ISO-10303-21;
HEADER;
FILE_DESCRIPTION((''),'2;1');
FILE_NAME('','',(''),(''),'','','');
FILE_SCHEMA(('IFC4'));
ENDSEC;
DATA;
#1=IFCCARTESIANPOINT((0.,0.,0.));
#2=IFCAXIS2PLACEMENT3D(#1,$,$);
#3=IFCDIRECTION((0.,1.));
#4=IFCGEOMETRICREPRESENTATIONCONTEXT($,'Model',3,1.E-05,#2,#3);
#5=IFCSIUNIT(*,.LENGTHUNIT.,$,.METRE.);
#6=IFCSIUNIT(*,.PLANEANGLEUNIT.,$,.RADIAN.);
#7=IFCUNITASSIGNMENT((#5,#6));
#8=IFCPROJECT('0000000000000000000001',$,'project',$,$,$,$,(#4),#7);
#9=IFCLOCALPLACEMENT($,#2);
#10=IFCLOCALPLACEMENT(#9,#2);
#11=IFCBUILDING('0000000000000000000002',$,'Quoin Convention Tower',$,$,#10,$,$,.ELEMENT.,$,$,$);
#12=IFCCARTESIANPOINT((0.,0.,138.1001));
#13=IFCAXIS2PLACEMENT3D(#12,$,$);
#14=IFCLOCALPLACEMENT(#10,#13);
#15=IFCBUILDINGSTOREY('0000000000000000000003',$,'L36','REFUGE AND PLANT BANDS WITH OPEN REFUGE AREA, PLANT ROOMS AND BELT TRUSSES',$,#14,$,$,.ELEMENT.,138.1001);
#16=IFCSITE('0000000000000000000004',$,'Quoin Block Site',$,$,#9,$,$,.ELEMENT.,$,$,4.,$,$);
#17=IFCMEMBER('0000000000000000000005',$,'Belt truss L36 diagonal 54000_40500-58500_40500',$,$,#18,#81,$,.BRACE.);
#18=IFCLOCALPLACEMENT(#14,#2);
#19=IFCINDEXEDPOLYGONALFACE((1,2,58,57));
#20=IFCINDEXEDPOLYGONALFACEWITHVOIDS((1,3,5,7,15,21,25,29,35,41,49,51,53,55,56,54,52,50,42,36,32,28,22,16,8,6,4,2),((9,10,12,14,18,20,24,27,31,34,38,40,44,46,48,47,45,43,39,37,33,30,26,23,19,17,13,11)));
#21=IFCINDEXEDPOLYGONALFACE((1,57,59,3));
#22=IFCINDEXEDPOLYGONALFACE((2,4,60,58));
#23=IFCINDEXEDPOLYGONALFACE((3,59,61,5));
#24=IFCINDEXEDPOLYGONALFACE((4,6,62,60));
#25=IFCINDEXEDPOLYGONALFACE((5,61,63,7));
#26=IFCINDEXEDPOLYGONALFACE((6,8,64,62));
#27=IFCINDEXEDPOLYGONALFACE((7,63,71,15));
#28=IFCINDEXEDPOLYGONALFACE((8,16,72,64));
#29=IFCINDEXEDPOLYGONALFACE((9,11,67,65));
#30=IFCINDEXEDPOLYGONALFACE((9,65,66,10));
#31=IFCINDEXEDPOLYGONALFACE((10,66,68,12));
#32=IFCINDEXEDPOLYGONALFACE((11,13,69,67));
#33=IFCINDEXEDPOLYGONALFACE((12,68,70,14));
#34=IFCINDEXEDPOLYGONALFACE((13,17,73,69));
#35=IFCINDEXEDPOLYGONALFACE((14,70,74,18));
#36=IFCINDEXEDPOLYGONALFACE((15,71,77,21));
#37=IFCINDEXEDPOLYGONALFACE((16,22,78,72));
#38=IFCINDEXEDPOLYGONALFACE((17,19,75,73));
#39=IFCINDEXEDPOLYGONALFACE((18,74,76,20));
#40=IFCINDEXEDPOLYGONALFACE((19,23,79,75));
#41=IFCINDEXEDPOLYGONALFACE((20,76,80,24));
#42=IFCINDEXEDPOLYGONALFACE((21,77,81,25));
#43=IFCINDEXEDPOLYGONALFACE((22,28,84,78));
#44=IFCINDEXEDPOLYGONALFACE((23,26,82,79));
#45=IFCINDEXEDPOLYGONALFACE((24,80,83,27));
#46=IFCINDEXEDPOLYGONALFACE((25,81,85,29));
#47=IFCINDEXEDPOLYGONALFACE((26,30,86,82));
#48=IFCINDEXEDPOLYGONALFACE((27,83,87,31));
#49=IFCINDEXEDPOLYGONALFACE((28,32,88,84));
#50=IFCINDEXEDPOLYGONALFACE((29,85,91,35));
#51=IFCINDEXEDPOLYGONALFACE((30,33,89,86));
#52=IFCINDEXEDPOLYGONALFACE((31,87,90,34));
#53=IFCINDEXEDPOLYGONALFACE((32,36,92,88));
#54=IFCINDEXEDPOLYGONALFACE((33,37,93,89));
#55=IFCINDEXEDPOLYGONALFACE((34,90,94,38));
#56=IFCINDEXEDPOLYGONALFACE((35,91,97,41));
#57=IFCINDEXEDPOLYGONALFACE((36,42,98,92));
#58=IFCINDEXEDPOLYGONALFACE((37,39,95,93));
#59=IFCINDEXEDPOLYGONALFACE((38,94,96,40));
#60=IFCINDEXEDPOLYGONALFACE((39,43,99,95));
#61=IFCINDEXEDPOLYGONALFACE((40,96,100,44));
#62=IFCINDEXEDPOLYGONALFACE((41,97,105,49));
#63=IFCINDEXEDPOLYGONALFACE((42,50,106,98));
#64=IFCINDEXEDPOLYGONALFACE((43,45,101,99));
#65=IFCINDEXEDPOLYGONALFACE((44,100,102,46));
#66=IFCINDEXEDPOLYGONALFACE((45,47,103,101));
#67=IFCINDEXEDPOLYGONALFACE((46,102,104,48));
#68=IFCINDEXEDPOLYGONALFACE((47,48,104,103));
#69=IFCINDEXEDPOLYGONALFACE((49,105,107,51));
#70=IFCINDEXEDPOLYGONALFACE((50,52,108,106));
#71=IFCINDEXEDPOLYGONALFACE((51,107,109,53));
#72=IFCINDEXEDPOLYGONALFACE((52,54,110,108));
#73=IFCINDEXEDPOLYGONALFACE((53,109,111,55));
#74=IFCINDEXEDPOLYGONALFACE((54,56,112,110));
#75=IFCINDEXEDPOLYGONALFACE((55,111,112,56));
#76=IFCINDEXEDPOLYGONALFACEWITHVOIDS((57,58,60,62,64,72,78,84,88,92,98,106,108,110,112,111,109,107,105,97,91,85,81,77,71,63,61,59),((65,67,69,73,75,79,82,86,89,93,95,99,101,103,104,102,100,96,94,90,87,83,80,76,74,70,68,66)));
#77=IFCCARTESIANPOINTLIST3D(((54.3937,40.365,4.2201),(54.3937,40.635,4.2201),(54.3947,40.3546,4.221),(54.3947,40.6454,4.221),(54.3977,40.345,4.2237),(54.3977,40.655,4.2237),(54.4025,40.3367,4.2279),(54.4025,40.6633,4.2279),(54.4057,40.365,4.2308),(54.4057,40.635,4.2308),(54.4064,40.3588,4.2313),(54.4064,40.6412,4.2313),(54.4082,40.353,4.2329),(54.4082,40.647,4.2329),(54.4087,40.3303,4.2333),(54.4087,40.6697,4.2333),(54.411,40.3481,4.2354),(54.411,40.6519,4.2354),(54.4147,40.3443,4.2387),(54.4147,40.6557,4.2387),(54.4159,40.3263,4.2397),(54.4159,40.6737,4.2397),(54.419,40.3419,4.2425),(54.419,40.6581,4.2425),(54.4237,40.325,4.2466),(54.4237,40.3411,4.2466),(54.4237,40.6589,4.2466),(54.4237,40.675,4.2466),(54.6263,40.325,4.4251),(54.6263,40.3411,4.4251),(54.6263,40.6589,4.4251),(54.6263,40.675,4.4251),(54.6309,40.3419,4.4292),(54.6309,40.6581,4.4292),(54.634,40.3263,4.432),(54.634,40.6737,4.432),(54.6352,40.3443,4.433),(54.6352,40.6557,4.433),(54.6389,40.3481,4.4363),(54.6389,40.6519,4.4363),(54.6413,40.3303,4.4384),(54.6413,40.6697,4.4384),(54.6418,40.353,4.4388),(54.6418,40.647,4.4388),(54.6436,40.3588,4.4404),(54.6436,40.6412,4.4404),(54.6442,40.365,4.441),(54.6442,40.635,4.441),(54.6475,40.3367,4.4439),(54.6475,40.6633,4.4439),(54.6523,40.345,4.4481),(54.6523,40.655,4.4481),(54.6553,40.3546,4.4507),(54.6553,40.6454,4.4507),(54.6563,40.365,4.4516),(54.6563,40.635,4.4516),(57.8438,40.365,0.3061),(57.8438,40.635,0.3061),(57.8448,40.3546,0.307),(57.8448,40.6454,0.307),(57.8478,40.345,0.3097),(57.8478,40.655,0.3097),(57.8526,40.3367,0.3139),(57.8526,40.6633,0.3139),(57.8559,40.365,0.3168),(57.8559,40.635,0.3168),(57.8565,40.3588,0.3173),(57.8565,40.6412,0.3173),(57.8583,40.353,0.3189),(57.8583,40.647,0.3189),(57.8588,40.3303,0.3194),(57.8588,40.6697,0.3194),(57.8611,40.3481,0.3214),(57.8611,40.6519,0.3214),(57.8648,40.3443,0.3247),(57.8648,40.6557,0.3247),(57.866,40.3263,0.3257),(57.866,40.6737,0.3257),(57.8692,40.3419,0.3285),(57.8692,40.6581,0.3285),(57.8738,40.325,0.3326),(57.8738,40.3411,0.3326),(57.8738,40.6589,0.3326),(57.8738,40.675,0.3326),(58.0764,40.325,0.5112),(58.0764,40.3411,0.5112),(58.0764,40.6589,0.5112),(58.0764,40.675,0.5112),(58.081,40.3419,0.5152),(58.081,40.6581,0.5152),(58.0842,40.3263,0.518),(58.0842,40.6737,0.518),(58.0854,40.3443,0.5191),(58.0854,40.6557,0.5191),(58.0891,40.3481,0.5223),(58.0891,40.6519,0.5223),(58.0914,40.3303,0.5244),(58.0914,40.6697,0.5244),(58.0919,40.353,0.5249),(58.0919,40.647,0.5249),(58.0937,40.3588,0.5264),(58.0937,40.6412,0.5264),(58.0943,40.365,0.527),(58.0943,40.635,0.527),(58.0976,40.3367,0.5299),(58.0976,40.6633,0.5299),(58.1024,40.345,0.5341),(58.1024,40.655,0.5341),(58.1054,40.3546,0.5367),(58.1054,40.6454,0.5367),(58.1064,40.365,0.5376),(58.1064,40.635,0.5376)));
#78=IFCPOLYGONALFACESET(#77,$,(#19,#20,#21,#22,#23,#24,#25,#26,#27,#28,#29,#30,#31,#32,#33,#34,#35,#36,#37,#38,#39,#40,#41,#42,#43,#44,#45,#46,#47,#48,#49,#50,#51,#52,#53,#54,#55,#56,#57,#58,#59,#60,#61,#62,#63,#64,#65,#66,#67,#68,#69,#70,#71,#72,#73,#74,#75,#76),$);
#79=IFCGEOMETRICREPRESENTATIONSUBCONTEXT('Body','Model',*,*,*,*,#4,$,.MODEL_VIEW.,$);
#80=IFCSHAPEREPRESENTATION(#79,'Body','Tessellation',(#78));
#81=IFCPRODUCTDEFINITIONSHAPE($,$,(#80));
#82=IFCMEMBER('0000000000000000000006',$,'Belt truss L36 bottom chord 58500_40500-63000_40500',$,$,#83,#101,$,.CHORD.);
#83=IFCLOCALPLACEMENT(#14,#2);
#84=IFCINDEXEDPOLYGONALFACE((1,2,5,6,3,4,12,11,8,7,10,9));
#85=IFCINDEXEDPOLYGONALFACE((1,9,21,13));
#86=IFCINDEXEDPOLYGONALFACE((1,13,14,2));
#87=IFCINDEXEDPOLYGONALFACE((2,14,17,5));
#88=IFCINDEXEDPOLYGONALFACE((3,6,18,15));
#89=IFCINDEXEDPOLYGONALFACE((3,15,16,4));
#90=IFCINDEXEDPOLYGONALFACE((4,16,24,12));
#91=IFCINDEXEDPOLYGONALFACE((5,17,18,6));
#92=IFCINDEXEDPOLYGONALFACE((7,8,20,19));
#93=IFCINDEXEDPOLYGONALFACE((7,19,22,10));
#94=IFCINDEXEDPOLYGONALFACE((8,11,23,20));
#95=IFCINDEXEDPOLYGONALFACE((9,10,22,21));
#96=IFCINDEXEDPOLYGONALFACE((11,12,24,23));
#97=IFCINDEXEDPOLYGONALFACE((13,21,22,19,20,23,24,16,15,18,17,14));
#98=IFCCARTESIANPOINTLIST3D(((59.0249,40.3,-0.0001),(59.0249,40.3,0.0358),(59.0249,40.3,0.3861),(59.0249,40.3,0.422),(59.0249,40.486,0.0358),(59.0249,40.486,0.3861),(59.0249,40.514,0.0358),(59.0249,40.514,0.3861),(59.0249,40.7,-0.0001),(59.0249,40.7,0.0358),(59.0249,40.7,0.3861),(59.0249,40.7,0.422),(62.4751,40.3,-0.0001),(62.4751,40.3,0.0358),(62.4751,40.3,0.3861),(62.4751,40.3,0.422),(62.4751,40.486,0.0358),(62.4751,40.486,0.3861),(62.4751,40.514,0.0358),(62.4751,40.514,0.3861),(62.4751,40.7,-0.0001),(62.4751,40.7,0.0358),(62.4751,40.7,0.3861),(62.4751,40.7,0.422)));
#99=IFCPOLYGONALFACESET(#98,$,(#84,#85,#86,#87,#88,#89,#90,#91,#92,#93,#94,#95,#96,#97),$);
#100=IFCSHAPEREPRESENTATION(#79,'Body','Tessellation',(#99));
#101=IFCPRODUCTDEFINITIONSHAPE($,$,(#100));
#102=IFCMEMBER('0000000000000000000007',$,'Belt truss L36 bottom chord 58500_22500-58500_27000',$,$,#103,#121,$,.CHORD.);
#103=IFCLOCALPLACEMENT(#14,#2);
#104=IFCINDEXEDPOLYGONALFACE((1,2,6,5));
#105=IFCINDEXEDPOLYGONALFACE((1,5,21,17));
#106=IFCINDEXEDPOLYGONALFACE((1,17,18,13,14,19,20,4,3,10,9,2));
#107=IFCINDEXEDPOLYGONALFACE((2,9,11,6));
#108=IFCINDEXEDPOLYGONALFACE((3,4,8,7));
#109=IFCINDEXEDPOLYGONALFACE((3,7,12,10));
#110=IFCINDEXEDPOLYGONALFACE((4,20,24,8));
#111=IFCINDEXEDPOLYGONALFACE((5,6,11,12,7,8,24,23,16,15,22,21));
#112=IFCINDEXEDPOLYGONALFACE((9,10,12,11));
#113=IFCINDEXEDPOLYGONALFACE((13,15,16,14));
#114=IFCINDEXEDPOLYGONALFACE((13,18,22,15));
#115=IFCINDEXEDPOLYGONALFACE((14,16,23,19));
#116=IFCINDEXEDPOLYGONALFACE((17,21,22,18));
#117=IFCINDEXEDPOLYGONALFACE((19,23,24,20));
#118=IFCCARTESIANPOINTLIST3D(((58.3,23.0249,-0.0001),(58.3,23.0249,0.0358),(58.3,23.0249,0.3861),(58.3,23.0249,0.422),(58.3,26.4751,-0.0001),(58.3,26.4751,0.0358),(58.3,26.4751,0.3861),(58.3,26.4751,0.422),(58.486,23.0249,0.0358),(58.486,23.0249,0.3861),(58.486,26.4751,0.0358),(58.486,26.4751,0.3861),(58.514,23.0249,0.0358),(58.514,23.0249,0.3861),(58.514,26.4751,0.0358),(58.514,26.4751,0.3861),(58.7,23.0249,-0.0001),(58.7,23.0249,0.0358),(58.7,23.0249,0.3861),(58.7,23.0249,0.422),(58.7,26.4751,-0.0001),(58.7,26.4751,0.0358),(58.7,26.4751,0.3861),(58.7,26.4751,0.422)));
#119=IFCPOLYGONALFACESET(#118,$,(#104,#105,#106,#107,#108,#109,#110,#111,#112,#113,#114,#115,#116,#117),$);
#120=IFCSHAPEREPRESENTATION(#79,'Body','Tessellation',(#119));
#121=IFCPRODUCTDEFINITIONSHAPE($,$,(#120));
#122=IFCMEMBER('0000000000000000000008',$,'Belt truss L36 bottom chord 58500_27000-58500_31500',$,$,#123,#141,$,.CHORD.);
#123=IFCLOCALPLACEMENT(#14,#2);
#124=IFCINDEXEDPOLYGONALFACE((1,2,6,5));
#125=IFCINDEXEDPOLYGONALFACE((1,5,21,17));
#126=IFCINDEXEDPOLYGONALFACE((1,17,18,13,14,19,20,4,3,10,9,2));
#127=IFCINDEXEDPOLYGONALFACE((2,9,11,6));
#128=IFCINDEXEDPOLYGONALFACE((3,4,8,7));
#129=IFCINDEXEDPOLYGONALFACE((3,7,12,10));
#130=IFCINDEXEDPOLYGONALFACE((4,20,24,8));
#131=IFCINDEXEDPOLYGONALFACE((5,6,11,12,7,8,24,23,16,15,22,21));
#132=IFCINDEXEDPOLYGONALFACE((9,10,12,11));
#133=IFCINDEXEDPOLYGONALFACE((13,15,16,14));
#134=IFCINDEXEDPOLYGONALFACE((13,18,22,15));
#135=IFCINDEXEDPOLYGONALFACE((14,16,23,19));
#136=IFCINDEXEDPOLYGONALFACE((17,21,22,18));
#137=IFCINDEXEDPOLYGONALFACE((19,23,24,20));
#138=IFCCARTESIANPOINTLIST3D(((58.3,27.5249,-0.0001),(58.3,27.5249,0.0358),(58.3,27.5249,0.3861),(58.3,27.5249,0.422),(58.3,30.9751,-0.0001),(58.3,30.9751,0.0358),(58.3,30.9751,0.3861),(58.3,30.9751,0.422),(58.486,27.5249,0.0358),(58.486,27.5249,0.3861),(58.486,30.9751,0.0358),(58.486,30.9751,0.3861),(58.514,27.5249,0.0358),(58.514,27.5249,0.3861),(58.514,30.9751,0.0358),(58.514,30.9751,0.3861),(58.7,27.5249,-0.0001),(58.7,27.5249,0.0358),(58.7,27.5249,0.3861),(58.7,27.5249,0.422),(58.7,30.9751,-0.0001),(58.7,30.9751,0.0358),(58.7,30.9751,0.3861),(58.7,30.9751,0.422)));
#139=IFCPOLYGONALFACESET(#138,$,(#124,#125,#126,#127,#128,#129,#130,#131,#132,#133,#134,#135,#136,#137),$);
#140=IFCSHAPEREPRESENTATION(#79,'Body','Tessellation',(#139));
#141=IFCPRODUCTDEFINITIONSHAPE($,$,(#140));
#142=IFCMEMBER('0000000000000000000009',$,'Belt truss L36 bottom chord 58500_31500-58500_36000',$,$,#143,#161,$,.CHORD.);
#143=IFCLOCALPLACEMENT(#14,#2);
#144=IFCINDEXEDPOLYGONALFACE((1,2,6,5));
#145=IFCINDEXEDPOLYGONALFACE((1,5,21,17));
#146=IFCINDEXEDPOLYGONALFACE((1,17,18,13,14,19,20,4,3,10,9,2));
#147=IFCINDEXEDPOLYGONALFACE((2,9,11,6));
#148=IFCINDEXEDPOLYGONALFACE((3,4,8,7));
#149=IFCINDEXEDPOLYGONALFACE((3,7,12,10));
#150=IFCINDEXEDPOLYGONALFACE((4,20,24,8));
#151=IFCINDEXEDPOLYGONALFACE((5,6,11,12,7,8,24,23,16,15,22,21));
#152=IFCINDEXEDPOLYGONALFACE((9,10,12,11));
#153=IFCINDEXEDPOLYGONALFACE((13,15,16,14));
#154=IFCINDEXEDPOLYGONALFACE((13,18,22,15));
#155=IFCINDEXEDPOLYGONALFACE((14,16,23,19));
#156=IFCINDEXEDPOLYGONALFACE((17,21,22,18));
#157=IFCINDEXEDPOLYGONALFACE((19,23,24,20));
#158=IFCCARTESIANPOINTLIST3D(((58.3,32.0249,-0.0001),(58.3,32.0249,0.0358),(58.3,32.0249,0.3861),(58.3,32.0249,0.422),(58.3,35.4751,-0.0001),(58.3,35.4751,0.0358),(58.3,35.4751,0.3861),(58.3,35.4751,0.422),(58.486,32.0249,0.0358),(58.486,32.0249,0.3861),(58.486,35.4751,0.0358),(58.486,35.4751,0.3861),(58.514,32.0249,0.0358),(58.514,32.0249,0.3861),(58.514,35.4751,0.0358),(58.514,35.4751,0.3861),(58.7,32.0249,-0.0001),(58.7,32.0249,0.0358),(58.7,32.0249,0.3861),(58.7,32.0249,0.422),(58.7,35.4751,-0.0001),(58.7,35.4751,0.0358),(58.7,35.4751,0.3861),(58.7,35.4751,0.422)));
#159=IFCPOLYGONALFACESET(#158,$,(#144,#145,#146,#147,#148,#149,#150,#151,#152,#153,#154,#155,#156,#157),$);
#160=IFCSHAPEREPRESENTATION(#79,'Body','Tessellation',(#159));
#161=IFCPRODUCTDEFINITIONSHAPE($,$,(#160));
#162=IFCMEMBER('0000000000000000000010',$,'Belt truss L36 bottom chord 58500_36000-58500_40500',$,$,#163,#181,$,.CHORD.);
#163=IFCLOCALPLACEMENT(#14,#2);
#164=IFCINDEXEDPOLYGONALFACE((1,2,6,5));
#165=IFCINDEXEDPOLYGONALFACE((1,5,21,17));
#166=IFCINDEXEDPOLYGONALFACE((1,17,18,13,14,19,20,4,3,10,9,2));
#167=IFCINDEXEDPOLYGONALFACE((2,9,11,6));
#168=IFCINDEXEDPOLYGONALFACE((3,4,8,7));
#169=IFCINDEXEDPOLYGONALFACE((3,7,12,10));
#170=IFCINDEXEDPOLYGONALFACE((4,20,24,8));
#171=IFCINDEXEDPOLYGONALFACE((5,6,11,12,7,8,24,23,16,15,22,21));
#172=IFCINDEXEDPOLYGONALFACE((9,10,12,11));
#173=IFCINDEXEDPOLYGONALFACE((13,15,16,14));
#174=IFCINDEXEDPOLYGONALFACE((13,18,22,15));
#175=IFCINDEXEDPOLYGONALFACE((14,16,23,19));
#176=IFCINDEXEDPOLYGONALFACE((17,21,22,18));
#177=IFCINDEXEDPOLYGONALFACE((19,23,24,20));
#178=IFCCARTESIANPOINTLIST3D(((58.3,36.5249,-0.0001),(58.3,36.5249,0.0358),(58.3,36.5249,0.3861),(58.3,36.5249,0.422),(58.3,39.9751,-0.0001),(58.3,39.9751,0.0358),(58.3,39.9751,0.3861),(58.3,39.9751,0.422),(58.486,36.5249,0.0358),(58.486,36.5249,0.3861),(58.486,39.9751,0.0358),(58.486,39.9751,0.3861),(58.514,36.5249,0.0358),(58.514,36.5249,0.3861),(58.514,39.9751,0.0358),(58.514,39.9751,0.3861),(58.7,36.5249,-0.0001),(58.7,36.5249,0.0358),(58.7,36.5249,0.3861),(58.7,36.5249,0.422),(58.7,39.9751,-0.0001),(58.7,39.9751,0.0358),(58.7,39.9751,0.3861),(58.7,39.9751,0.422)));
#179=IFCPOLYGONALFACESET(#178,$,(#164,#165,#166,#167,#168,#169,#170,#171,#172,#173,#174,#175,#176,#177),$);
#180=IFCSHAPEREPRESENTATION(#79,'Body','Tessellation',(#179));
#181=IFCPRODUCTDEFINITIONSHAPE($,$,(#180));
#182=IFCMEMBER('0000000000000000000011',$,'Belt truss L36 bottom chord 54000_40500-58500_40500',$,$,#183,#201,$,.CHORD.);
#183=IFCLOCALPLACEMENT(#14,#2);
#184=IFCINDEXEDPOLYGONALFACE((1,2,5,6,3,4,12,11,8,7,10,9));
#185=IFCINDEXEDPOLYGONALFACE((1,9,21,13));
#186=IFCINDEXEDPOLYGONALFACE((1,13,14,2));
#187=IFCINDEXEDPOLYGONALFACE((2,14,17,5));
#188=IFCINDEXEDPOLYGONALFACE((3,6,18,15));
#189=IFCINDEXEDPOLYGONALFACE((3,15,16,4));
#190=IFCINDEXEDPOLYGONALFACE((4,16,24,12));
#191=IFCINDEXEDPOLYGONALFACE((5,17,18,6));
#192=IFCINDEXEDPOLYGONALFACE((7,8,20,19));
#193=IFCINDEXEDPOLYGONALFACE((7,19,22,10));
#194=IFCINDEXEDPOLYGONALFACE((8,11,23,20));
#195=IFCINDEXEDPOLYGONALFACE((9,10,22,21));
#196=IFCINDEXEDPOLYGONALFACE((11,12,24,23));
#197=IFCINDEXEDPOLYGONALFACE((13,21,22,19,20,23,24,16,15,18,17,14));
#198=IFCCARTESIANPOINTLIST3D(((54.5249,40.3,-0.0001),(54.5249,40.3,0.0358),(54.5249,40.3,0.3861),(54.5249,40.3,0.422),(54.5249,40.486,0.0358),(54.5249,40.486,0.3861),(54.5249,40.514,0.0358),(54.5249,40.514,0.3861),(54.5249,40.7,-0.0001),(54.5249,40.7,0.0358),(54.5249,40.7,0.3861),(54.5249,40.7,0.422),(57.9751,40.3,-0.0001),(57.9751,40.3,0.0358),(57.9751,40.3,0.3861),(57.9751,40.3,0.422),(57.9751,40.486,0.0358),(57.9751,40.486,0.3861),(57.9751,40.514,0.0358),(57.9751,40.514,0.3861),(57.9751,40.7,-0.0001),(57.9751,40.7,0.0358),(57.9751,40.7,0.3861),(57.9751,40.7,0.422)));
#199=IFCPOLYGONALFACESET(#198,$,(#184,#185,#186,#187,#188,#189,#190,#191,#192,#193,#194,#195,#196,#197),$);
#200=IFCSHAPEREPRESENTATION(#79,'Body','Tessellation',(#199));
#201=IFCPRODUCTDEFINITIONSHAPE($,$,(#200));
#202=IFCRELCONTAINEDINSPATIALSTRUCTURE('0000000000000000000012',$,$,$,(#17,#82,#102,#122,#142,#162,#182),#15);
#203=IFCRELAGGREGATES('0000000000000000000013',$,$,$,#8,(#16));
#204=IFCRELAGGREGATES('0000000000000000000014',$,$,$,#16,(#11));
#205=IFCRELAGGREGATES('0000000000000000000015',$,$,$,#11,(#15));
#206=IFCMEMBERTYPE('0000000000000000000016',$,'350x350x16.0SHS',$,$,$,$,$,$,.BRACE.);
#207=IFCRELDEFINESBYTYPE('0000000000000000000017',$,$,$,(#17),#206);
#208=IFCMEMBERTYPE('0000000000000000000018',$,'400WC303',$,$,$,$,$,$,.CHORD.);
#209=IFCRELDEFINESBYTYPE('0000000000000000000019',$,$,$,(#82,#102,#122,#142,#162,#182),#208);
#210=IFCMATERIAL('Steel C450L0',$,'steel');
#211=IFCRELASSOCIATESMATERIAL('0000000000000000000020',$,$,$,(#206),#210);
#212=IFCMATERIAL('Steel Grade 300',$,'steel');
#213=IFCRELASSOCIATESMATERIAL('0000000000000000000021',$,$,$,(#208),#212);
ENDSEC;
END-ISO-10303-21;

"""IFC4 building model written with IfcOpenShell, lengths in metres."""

from ifc_helpers import new_model, si_unit, direction, frame, origin, origin_2d, place, context, subcontext, project, spatial, hollow_rectangle, i_section, extrude, material, material_profile, profile_set, type_object, element, save


model = new_model("IFC4")

# Units and contexts
model_context = context("Model", 3, precision=1e-05, world=origin(), true_north=direction((0.0, 1.0)))
body_context = subcontext(model_context, "Body", "Model", "MODEL_VIEW")
ifc_project = project(units=[si_unit("LENGTHUNIT", "METRE"), si_unit("PLANEANGLEUNIT", "RADIAN")], contexts=[model_context])

# Site, building, storey
site_placement = place(None, origin())
site = spatial("IfcSite", under=ifc_project, at=site_placement, Name="Quoin Block Site", CompositionType="ELEMENT", RefElevation=4.0)
building_placement = place(site_placement, origin())
building = spatial("IfcBuilding", under=site, at=building_placement, Name="Quoin Convention Tower", CompositionType="ELEMENT")
storey_placement = place(building_placement, frame((0.0, 0.0, 138.1001)))
storey = spatial("IfcBuildingStorey", under=building, at=storey_placement, Name="L36", Description="REFUGE AND PLANT BANDS WITH OPEN REFUGE AREA, PLANT ROOMS AND BELT TRUSSES", CompositionType="ELEMENT", Elevation=138.1001)

# Shared definitions
ifc_material_1 = material(Name="Steel C450L0", Category="steel")

# Members
ifc_material_profile_1 = material_profile(ifc_material_1, hollow_rectangle(XDim=0.3501, YDim=0.3501, WallThickness=0.0161, InnerFilletRadius=0.0239, OuterFilletRadius=0.04, at=origin_2d()), Name="350x350x16.0SHS")
ifc_profile_set_1 = profile_set([ifc_material_profile_1], Name="Steel C450L0")
member_type_1 = type_object("IfcMemberType", Name="350x350x16.0SHS", PredefinedType="BRACE", material=ifc_profile_set_1)
for number, where, z_axis, x_axis, name in (
    (1, (57.9751, 40.5, 0.4219), (-0.661256, 0.0, 0.75016), (0.0, -1.0, 0.0), "Belt truss L36 diagonal 54000_40500-58500_40500"),
):
    element("IfcMember", number, at=place(storey_placement, frame(where, z_axis=z_axis, x_axis=x_axis)), inside=storey, type_object=member_type_1, Name=name, PredefinedType="BRACE", context=body_context, shape_type="SweptSolid", body=[
        extrude(hollow_rectangle(XDim=0.3501, YDim=0.3501, WallThickness=0.0161, InnerFilletRadius=0.0239, OuterFilletRadius=0.04, at=origin_2d()), origin(), (0.0, 0.0, 1.0), 5.2175),
    ])
ifc_material_2 = material(Name="Steel Grade 300", Category="steel")
ifc_material_profile_2 = material_profile(ifc_material_2, i_section(OverallWidth=0.3999, OverallDepth=0.4221, WebThickness=0.0281, FlangeThickness=0.0359, at=origin_2d()), Name="400WC303")
ifc_profile_set_2 = profile_set([ifc_material_profile_2], Name="Steel Grade 300")
member_type_2 = type_object("IfcMemberType", Name="400WC303", PredefinedType="CHORD", material=ifc_profile_set_2)
for number, where, z_axis, x_axis, name in (
    (2, (59.0249, 40.5, 0.2109), (1.0, 0.0, 0.0), (0.0, 1.0, 0.0), "Belt truss L36 bottom chord 58500_40500-63000_40500"),
    (3, (58.5, 23.0249, 0.2109), (0.0, 1.0, 0.0), (-1.0, 0.0, 0.0), "Belt truss L36 bottom chord 58500_22500-58500_27000"),
    (4, (58.5, 27.5249, 0.2109), (0.0, 1.0, 0.0), (-1.0, 0.0, 0.0), "Belt truss L36 bottom chord 58500_27000-58500_31500"),
    (5, (58.5, 32.0249, 0.2109), (0.0, 1.0, 0.0), (-1.0, 0.0, 0.0), "Belt truss L36 bottom chord 58500_31500-58500_36000"),
    (6, (58.5, 36.5249, 0.2109), (0.0, 1.0, 0.0), (-1.0, 0.0, 0.0), "Belt truss L36 bottom chord 58500_36000-58500_40500"),
    (7, (54.5249, 40.5, 0.2109), (1.0, 0.0, 0.0), (0.0, 1.0, 0.0), "Belt truss L36 bottom chord 54000_40500-58500_40500"),
):
    element("IfcMember", number, at=place(storey_placement, frame(where, z_axis=z_axis, x_axis=x_axis)), inside=storey, type_object=member_type_2, Name=name, PredefinedType="CHORD", context=body_context, shape_type="SweptSolid", body=[
        extrude(i_section(OverallWidth=0.3999, OverallDepth=0.4221, WebThickness=0.0281, FlangeThickness=0.0359, at=origin_2d()), origin(), (0.0, 0.0, 1.0), 3.4502),
    ])

save(model, "model.ifc")
